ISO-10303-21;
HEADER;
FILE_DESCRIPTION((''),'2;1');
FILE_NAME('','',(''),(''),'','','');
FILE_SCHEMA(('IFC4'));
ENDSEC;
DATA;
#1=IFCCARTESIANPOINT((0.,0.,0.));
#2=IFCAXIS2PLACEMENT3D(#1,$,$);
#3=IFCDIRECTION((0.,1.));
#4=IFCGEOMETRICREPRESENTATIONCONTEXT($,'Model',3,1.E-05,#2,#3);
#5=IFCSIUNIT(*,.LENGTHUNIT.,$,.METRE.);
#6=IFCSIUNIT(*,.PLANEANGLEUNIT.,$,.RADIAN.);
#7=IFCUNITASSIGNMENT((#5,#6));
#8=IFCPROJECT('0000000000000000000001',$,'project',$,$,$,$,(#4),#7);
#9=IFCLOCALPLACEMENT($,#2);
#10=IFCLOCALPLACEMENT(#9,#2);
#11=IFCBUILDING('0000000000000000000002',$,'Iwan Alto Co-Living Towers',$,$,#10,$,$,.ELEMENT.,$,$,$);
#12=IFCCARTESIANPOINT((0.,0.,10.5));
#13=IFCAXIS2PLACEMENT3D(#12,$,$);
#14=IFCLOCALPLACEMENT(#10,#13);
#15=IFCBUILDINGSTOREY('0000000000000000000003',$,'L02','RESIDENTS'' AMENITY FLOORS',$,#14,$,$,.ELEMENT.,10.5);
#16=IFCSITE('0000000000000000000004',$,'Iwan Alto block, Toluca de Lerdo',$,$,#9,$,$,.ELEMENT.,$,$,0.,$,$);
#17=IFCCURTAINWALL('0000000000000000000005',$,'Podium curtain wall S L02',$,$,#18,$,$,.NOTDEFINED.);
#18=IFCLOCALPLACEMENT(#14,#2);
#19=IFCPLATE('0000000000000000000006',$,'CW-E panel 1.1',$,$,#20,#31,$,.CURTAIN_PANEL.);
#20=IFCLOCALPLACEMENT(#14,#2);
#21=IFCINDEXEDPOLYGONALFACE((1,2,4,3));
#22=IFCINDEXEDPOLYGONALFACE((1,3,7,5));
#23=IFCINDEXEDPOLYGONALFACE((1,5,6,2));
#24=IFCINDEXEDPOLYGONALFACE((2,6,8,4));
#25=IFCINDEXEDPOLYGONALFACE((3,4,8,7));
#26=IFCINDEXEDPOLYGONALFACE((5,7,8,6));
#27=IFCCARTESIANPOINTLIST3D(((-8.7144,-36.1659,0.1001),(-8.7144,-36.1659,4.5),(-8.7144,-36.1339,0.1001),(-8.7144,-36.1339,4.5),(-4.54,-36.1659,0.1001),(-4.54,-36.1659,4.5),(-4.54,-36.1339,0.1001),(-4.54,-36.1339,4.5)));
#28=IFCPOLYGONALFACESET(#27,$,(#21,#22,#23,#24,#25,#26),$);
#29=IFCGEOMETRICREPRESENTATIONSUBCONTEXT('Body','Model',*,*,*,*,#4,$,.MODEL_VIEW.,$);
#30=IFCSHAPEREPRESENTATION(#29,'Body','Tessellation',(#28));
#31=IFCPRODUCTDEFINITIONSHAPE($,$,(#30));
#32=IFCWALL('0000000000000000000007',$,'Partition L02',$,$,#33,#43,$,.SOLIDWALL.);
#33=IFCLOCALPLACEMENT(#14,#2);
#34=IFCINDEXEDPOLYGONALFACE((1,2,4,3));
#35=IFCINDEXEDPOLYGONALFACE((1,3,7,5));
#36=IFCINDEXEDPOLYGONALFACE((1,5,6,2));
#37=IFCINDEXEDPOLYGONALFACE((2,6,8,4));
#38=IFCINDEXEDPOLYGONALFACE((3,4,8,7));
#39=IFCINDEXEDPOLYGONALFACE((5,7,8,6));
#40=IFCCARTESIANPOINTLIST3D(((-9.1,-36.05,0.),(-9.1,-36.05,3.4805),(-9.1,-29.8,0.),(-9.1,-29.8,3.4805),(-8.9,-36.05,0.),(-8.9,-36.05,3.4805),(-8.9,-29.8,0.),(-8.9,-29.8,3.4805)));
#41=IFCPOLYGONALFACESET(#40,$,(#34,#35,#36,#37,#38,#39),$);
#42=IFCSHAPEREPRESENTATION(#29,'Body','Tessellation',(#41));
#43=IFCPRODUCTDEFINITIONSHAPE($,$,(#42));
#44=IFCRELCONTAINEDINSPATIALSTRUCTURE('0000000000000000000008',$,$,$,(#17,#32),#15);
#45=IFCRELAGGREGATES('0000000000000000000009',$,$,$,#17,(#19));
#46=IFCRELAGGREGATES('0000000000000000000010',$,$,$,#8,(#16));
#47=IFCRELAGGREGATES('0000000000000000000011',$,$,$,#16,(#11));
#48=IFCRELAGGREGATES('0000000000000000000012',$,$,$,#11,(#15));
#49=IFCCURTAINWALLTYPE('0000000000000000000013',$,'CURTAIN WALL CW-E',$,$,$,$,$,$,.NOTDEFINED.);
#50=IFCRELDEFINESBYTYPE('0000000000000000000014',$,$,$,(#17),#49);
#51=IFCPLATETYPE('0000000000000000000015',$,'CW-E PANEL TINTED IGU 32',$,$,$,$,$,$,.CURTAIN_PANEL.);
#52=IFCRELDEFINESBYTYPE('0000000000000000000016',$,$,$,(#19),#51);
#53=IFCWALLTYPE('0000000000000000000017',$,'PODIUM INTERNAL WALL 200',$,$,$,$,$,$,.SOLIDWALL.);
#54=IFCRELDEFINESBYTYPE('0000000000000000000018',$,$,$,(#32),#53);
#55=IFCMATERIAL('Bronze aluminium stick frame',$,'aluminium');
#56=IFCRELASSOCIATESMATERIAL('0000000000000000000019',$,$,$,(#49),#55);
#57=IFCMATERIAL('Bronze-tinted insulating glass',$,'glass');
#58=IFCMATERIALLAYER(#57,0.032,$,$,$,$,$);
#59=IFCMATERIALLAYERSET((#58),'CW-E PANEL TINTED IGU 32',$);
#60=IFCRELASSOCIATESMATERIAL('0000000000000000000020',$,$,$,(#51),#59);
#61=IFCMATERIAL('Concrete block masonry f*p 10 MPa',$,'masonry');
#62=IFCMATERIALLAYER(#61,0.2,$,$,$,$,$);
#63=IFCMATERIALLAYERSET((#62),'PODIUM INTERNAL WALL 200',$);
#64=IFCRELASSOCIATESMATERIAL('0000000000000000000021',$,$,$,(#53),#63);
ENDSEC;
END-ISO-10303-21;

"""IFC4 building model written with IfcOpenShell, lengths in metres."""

from ifc_helpers import new_model, si_unit, direction, frame, frame_2d, origin, origin_2d, place, context, subcontext, project, spatial, rectangle, extrude, material, layer, layer_set, type_object, element, aggregate, save


model = new_model("IFC4")

# Units and contexts
model_context = context("Model", 3, precision=1e-05, world=origin(), true_north=direction((0.0, 1.0)))
body_context = subcontext(model_context, "Body", "Model", "MODEL_VIEW")
ifc_project = project(units=[si_unit("LENGTHUNIT", "METRE"), si_unit("PLANEANGLEUNIT", "RADIAN")], contexts=[model_context])

# Site, building, storey
site_placement = place(None, origin())
site = spatial("IfcSite", under=ifc_project, at=site_placement, Name="Iwan Alto block, Toluca de Lerdo", CompositionType="ELEMENT", RefElevation=0.0)
building_placement = place(site_placement, origin())
building = spatial("IfcBuilding", under=site, at=building_placement, Name="Iwan Alto Co-Living Towers", CompositionType="ELEMENT")
storey_placement = place(building_placement, frame((0.0, 0.0, 10.5)))
storey = spatial("IfcBuildingStorey", under=building, at=storey_placement, Name="L02", Description="RESIDENTS' AMENITY FLOORS", CompositionType="ELEMENT", Elevation=10.5)

# Curtain wall
ifc_material_1 = material(Name="Bronze aluminium stick frame", Category="aluminium")
curtain_wall_type = type_object("IfcCurtainWallType", Name="CURTAIN WALL CW-E", PredefinedType="NOTDEFINED", material=ifc_material_1)
curtain_wall_1_placement = place(storey_placement, origin())
curtain_wall_1 = element("IfcCurtainWall", 1, at=curtain_wall_1_placement, inside=storey, type_object=curtain_wall_type, Name="Podium curtain wall S L02", PredefinedType="NOTDEFINED")

# Plate
ifc_material_2 = material(Name="Bronze-tinted insulating glass", Category="glass")
ifc_layer_1 = layer(ifc_material_2, 0.032)
ifc_layer_set_1 = layer_set([ifc_layer_1], Name="CW-E PANEL TINTED IGU 32")
plate_type = type_object("IfcPlateType", Name="CW-E PANEL TINTED IGU 32", PredefinedType="CURTAIN_PANEL", material=ifc_layer_set_1)
plate_1_placement = place(storey_placement, frame((-6.6272, -36.1499, 0.1001), z_axis=(0.0, 0.0, 1.0), x_axis=(1.0, 0.0, 0.0)))
plate_1 = element("IfcPlate", 2, at=plate_1_placement, type_object=plate_type, Name="CW-E panel 1.1", PredefinedType="CURTAIN_PANEL", context=body_context, shape_type="SweptSolid", body=[
    extrude(rectangle(XDim=4.1743, YDim=0.032, at=origin_2d()), origin(), (0.0, 0.0, 1.0), 4.3999),
])
aggregate(curtain_wall_1, [plate_1])

# Wall
ifc_material_3 = material(Name="Concrete block masonry f*p 10 MPa", Category="masonry")
ifc_layer_2 = layer(ifc_material_3, 0.2)
ifc_layer_set_2 = layer_set([ifc_layer_2], Name="PODIUM INTERNAL WALL 200")
wall_type = type_object("IfcWallType", Name="PODIUM INTERNAL WALL 200", PredefinedType="SOLIDWALL", material=ifc_layer_set_2)
wall_placement = place(storey_placement, frame((-9.0, -36.05, 0.0), z_axis=(0.0, 0.0, 1.0), x_axis=(0.0, 1.0, 0.0)))
element("IfcWall", 3, at=wall_placement, inside=storey, type_object=wall_type, Name="Partition L02", PredefinedType="SOLIDWALL", context=body_context, shape_type="SweptSolid", body=[
    extrude(rectangle(XDim=6.25, YDim=0.2, at=frame_2d((3.125, 0.0))), origin(), (0.0, 0.0, 1.0), 3.4805),
])

save(model, "model.ifc")
